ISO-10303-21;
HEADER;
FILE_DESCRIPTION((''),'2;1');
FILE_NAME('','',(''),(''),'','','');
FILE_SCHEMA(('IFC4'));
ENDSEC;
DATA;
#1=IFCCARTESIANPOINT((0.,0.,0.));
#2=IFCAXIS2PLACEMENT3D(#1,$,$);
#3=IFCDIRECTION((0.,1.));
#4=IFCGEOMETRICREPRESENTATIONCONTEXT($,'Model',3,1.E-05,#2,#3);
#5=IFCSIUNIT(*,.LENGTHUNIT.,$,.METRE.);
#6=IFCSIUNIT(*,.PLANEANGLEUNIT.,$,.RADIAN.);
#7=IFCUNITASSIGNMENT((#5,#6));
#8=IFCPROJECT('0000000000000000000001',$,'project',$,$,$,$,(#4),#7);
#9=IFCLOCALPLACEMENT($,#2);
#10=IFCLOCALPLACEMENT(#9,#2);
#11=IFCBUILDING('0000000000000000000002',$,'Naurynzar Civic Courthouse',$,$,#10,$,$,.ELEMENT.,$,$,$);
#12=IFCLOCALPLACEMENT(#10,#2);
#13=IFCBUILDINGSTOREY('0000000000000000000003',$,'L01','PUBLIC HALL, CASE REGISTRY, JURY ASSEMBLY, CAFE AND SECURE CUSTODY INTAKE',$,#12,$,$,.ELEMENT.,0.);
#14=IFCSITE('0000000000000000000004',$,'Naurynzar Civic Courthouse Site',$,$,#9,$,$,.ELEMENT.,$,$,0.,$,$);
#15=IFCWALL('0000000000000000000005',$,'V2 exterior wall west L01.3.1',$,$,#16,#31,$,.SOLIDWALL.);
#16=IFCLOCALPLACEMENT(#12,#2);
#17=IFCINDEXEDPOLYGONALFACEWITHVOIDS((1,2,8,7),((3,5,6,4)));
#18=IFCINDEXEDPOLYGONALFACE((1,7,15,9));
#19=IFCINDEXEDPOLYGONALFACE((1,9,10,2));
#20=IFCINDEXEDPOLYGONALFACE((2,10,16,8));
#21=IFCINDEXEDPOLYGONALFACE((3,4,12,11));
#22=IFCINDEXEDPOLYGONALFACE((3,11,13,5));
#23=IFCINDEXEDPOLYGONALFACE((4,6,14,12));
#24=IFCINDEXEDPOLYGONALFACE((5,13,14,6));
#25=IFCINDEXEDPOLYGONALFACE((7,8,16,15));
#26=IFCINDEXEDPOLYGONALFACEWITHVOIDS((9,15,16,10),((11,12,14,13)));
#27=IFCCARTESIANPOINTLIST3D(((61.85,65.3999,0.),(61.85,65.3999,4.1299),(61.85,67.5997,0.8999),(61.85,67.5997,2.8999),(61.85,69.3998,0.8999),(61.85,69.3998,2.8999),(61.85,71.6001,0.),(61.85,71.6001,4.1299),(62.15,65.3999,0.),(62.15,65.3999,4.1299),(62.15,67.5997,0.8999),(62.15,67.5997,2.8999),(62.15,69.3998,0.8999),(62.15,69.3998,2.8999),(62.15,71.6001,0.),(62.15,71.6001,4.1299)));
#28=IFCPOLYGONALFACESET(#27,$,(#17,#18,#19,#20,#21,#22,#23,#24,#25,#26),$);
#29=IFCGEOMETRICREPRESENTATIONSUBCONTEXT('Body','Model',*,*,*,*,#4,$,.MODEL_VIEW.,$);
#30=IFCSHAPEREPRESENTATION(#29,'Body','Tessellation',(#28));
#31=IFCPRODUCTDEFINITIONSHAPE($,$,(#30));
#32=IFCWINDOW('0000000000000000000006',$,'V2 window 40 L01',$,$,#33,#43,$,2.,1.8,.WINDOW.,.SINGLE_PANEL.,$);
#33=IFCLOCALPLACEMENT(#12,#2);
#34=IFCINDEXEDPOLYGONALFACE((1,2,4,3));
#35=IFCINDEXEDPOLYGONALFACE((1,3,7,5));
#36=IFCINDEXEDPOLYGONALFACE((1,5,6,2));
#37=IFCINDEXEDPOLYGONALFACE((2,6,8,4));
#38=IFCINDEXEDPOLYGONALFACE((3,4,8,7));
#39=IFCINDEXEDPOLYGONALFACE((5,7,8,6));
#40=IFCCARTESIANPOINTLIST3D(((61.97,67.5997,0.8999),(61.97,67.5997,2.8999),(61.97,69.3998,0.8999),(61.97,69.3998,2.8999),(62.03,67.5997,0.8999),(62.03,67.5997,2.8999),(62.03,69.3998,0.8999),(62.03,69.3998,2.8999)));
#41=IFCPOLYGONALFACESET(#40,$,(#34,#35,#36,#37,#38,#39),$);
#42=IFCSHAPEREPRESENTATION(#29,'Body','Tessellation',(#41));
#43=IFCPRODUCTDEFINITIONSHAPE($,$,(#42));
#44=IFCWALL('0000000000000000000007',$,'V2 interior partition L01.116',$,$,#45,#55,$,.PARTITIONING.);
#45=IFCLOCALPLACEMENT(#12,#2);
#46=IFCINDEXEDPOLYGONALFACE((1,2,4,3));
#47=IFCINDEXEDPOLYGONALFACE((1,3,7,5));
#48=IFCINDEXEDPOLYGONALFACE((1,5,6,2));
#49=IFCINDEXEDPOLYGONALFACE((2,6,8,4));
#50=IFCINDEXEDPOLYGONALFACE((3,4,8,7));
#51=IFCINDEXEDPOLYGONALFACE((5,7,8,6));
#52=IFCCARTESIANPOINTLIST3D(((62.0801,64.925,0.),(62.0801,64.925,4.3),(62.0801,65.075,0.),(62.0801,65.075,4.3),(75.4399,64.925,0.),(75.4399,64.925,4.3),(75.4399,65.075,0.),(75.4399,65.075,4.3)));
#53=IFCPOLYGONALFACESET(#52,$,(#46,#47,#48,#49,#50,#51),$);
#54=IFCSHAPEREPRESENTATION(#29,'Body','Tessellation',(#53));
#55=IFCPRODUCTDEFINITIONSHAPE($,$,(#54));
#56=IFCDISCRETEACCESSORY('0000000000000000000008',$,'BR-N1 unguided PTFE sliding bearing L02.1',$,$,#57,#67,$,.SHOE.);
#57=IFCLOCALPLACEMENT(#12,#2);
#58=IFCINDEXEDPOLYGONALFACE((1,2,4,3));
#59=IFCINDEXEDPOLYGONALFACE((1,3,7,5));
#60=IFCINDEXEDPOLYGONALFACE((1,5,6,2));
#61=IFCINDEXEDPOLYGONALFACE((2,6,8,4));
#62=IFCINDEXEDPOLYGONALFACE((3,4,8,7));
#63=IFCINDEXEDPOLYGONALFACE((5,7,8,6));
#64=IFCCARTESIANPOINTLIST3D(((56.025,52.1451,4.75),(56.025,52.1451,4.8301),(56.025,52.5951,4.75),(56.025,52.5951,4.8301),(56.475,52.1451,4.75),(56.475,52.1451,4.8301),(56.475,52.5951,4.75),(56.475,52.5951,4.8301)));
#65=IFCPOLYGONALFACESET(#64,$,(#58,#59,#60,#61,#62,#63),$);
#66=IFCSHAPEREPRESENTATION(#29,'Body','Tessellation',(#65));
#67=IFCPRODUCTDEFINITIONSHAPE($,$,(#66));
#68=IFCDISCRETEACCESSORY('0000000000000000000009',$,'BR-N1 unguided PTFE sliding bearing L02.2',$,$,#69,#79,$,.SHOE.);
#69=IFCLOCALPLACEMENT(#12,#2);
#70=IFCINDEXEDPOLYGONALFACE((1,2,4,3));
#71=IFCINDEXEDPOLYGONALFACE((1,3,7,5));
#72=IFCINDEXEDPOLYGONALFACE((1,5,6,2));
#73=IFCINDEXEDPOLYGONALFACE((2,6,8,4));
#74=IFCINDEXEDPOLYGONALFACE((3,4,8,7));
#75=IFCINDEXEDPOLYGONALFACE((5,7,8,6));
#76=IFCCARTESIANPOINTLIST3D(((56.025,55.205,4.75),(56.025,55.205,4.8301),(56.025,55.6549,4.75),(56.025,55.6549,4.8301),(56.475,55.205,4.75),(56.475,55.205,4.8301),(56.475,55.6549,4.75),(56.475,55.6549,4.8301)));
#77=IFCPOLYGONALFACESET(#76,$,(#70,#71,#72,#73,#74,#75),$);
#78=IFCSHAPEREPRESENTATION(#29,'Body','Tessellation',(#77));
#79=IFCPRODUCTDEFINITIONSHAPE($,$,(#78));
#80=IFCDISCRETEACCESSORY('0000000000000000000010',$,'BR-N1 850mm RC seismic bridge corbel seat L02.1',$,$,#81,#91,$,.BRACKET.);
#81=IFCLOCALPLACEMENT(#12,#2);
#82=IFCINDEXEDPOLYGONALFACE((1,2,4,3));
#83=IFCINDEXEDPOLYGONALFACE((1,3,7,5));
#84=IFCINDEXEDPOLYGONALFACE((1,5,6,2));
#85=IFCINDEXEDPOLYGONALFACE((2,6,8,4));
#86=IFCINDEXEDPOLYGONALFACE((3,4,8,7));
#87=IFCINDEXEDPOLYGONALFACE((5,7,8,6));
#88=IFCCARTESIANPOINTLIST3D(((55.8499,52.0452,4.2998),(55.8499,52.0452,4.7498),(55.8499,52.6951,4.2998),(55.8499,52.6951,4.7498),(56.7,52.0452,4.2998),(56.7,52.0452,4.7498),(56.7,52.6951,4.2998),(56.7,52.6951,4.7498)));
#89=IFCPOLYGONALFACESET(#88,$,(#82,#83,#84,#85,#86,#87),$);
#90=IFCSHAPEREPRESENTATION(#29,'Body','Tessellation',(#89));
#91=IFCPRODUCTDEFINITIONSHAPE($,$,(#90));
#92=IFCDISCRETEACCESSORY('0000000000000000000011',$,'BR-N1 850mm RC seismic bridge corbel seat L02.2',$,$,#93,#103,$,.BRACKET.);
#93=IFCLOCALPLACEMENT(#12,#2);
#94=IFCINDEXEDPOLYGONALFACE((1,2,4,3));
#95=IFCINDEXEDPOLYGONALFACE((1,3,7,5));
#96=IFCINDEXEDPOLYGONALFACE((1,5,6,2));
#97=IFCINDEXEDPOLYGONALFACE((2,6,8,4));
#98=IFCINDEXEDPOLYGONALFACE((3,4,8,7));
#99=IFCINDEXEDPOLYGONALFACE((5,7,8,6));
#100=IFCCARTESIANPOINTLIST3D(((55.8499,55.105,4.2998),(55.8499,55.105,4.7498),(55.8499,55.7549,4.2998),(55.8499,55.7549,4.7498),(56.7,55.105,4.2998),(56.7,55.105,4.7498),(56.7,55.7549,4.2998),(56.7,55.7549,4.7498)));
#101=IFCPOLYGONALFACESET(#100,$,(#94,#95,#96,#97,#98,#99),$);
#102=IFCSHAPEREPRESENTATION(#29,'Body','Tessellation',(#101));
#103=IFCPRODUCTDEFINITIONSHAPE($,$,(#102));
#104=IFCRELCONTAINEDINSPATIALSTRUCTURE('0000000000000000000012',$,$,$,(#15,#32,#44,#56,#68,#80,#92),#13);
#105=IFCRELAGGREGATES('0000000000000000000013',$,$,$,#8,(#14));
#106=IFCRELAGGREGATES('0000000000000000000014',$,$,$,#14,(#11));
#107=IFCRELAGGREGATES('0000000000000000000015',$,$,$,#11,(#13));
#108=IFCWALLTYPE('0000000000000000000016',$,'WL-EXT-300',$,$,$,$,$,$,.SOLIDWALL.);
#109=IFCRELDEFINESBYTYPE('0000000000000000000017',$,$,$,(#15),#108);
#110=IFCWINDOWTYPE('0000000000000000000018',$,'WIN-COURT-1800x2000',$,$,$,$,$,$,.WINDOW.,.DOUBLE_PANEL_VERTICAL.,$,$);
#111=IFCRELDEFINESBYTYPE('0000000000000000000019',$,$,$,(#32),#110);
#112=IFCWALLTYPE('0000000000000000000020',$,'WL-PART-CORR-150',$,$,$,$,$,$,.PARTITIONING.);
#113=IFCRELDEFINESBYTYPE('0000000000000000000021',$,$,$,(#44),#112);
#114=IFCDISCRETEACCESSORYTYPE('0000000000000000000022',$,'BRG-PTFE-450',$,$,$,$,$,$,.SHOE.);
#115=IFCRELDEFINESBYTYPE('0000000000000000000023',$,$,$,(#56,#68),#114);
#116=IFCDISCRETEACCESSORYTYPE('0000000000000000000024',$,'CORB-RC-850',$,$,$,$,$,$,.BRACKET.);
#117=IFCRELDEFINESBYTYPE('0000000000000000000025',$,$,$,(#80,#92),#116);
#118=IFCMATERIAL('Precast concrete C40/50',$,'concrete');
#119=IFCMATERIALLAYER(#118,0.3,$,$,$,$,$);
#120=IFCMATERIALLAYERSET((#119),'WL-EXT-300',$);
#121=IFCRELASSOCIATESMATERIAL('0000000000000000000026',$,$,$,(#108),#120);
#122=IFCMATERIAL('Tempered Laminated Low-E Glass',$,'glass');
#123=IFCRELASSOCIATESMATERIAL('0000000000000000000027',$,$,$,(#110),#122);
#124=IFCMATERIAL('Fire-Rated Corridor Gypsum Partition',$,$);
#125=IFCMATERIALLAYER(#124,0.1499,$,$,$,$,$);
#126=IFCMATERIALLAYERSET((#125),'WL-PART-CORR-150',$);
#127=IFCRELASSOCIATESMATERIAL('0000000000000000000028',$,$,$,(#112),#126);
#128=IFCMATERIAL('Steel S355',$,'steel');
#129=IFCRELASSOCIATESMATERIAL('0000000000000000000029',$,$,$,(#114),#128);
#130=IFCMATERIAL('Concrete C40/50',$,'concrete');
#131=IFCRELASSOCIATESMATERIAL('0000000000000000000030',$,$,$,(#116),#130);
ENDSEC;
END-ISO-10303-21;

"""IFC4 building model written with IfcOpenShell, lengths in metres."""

from ifc_helpers import new_model, si_unit, direction, frame, frame_2d, origin, origin_2d, place, context, subcontext, project, spatial, rectangle, extrude, material, layer, layer_set, type_object, element, fill, save


model = new_model("IFC4")

# Units and contexts
model_context = context("Model", 3, precision=1e-05, world=origin(), true_north=direction((0.0, 1.0)))
body_context = subcontext(model_context, "Body", "Model", "MODEL_VIEW")
ifc_project = project(units=[si_unit("LENGTHUNIT", "METRE"), si_unit("PLANEANGLEUNIT", "RADIAN")], contexts=[model_context])

# Site, building, storey
site_placement = place(None, origin())
site = spatial("IfcSite", under=ifc_project, at=site_placement, Name="Naurynzar Civic Courthouse Site", CompositionType="ELEMENT", RefElevation=0.0)
building_placement = place(site_placement, origin())
building = spatial("IfcBuilding", under=site, at=building_placement, Name="Naurynzar Civic Courthouse", CompositionType="ELEMENT")
storey_placement = place(building_placement, origin())
storey = spatial("IfcBuildingStorey", under=building, at=storey_placement, Name="L01", Description="PUBLIC HALL, CASE REGISTRY, JURY ASSEMBLY, CAFE AND SECURE CUSTODY INTAKE", CompositionType="ELEMENT", Elevation=0.0)

# Wall, opening, window
ifc_material_1 = material(Name="Precast concrete C40/50", Category="concrete")
ifc_layer_1 = layer(ifc_material_1, 0.3)
ifc_layer_set_1 = layer_set([ifc_layer_1], Name="WL-EXT-300")
wall_type_1 = type_object("IfcWallType", Name="WL-EXT-300", PredefinedType="SOLIDWALL", material=ifc_layer_set_1)
wall_1_placement = place(storey_placement, frame((62.0, 65.3999, 0.0), z_axis=(0.0, 0.0, 1.0), x_axis=(0.0, 1.0, 0.0)))
wall_1 = element("IfcWall", 1, at=wall_1_placement, inside=storey, type_object=wall_type_1, Name="V2 exterior wall west L01.3.1", PredefinedType="SOLIDWALL", context=body_context, shape_type="SweptSolid", body=[
    extrude(rectangle(XDim=6.2002, YDim=0.3, at=frame_2d((3.1001, 0.0))), origin(), (0.0, 0.0, 1.0), 4.1299),
])
opening_1_placement = place(wall_1_placement, frame((2.2, 0.0, 0.8999)))
opening_1 = element("IfcOpeningElement", 2, at=opening_1_placement, cuts=wall_1, PredefinedType="OPENING", context=body_context, shape_type="SweptSolid", body=[
    extrude(rectangle(XDim=1.8, YDim=2.0, at=frame_2d((0.8999, 1.0))), frame((0.0, 0.1599, 0.0), z_axis=(0.0, -1.0, 0.0), x_axis=(1.0, 0.0, 0.0)), (0.0, 0.0, 1.0), 0.3201),
])
ifc_material_2 = material(Name="Tempered Laminated Low-E Glass", Category="glass")
window_type = type_object("IfcWindowType", Name="WIN-COURT-1800x2000", PartitioningType="DOUBLE_PANEL_VERTICAL", PredefinedType="WINDOW", material=ifc_material_2)
window_placement = place(opening_1_placement, origin())
window = element("IfcWindow", 3, at=window_placement, inside=storey, type_object=window_type, Name="V2 window 40 L01", OverallHeight=2.0, OverallWidth=1.8, PartitioningType="SINGLE_PANEL", PredefinedType="WINDOW", context=body_context, shape_type="SweptSolid", body=[
    extrude(rectangle(XDim=1.8, YDim=2.0, at=frame_2d((0.8999, 1.0))), frame((0.0, 0.03, 0.0), z_axis=(0.0, -1.0, 0.0), x_axis=(1.0, 0.0, 0.0)), (0.0, 0.0, 1.0), 0.0601),
])
fill(opening_1, window)

# Wall
ifc_material_3 = material(Name="Fire-Rated Corridor Gypsum Partition")
ifc_layer_2 = layer(ifc_material_3, 0.1499)
ifc_layer_set_2 = layer_set([ifc_layer_2], Name="WL-PART-CORR-150")
wall_type_2 = type_object("IfcWallType", Name="WL-PART-CORR-150", PredefinedType="PARTITIONING", material=ifc_layer_set_2)
wall_2_placement = place(storey_placement, frame((62.0801, 65.0, 0.0), z_axis=(0.0, 0.0, 1.0), x_axis=(1.0, 0.0, 0.0)))
element("IfcWall", 4, at=wall_2_placement, inside=storey, type_object=wall_type_2, Name="V2 interior partition L01.116", PredefinedType="PARTITIONING", context=body_context, shape_type="SweptSolid", body=[
    extrude(rectangle(XDim=13.3599, YDim=0.1499, at=frame_2d((6.6799, 0.0))), origin(), (0.0, 0.0, 1.0), 4.3),
])

# Discrete accessories
ifc_material_4 = material(Name="Steel S355", Category="steel")
discrete_accessory_type_1 = type_object("IfcDiscreteAccessoryType", Name="BRG-PTFE-450", PredefinedType="SHOE", material=ifc_material_4)
for number, where, z_axis, x_axis, name in (
    (5, (56.25, 52.3701, 4.75), (0.0, 0.0, 1.0), (1.0, 0.0, 0.0), "BR-N1 unguided PTFE sliding bearing L02.1"),
    (6, (56.25, 55.4299, 4.75), (0.0, 0.0, 1.0), (1.0, 0.0, 0.0), "BR-N1 unguided PTFE sliding bearing L02.2"),
):
    element("IfcDiscreteAccessory", number, at=place(storey_placement, frame(where, z_axis=z_axis, x_axis=x_axis)), inside=storey, type_object=discrete_accessory_type_1, Name=name, PredefinedType="SHOE", context=body_context, shape_type="SweptSolid", body=[
        extrude(rectangle(XDim=0.45, YDim=0.45, at=origin_2d()), origin(), (0.0, 0.0, 1.0), 0.0801),
    ])
ifc_material_5 = material(Name="Concrete C40/50", Category="concrete")
discrete_accessory_type_2 = type_object("IfcDiscreteAccessoryType", Name="CORB-RC-850", PredefinedType="BRACKET", material=ifc_material_5)
for number, where, z_axis, x_axis, name in (
    (7, (56.2749, 52.3701, 4.2998), (0.0, 0.0, 1.0), (1.0, 0.0, 0.0), "BR-N1 850mm RC seismic bridge corbel seat L02.1"),
    (8, (56.2749, 55.4299, 4.2998), (0.0, 0.0, 1.0), (1.0, 0.0, 0.0), "BR-N1 850mm RC seismic bridge corbel seat L02.2"),
):
    element("IfcDiscreteAccessory", number, at=place(storey_placement, frame(where, z_axis=z_axis, x_axis=x_axis)), inside=storey, type_object=discrete_accessory_type_2, Name=name, PredefinedType="BRACKET", context=body_context, shape_type="SweptSolid", body=[
        extrude(rectangle(XDim=0.8501, YDim=0.6499, at=origin_2d()), origin(), (0.0, 0.0, 1.0), 0.45),
    ])

save(model, "model.ifc")
